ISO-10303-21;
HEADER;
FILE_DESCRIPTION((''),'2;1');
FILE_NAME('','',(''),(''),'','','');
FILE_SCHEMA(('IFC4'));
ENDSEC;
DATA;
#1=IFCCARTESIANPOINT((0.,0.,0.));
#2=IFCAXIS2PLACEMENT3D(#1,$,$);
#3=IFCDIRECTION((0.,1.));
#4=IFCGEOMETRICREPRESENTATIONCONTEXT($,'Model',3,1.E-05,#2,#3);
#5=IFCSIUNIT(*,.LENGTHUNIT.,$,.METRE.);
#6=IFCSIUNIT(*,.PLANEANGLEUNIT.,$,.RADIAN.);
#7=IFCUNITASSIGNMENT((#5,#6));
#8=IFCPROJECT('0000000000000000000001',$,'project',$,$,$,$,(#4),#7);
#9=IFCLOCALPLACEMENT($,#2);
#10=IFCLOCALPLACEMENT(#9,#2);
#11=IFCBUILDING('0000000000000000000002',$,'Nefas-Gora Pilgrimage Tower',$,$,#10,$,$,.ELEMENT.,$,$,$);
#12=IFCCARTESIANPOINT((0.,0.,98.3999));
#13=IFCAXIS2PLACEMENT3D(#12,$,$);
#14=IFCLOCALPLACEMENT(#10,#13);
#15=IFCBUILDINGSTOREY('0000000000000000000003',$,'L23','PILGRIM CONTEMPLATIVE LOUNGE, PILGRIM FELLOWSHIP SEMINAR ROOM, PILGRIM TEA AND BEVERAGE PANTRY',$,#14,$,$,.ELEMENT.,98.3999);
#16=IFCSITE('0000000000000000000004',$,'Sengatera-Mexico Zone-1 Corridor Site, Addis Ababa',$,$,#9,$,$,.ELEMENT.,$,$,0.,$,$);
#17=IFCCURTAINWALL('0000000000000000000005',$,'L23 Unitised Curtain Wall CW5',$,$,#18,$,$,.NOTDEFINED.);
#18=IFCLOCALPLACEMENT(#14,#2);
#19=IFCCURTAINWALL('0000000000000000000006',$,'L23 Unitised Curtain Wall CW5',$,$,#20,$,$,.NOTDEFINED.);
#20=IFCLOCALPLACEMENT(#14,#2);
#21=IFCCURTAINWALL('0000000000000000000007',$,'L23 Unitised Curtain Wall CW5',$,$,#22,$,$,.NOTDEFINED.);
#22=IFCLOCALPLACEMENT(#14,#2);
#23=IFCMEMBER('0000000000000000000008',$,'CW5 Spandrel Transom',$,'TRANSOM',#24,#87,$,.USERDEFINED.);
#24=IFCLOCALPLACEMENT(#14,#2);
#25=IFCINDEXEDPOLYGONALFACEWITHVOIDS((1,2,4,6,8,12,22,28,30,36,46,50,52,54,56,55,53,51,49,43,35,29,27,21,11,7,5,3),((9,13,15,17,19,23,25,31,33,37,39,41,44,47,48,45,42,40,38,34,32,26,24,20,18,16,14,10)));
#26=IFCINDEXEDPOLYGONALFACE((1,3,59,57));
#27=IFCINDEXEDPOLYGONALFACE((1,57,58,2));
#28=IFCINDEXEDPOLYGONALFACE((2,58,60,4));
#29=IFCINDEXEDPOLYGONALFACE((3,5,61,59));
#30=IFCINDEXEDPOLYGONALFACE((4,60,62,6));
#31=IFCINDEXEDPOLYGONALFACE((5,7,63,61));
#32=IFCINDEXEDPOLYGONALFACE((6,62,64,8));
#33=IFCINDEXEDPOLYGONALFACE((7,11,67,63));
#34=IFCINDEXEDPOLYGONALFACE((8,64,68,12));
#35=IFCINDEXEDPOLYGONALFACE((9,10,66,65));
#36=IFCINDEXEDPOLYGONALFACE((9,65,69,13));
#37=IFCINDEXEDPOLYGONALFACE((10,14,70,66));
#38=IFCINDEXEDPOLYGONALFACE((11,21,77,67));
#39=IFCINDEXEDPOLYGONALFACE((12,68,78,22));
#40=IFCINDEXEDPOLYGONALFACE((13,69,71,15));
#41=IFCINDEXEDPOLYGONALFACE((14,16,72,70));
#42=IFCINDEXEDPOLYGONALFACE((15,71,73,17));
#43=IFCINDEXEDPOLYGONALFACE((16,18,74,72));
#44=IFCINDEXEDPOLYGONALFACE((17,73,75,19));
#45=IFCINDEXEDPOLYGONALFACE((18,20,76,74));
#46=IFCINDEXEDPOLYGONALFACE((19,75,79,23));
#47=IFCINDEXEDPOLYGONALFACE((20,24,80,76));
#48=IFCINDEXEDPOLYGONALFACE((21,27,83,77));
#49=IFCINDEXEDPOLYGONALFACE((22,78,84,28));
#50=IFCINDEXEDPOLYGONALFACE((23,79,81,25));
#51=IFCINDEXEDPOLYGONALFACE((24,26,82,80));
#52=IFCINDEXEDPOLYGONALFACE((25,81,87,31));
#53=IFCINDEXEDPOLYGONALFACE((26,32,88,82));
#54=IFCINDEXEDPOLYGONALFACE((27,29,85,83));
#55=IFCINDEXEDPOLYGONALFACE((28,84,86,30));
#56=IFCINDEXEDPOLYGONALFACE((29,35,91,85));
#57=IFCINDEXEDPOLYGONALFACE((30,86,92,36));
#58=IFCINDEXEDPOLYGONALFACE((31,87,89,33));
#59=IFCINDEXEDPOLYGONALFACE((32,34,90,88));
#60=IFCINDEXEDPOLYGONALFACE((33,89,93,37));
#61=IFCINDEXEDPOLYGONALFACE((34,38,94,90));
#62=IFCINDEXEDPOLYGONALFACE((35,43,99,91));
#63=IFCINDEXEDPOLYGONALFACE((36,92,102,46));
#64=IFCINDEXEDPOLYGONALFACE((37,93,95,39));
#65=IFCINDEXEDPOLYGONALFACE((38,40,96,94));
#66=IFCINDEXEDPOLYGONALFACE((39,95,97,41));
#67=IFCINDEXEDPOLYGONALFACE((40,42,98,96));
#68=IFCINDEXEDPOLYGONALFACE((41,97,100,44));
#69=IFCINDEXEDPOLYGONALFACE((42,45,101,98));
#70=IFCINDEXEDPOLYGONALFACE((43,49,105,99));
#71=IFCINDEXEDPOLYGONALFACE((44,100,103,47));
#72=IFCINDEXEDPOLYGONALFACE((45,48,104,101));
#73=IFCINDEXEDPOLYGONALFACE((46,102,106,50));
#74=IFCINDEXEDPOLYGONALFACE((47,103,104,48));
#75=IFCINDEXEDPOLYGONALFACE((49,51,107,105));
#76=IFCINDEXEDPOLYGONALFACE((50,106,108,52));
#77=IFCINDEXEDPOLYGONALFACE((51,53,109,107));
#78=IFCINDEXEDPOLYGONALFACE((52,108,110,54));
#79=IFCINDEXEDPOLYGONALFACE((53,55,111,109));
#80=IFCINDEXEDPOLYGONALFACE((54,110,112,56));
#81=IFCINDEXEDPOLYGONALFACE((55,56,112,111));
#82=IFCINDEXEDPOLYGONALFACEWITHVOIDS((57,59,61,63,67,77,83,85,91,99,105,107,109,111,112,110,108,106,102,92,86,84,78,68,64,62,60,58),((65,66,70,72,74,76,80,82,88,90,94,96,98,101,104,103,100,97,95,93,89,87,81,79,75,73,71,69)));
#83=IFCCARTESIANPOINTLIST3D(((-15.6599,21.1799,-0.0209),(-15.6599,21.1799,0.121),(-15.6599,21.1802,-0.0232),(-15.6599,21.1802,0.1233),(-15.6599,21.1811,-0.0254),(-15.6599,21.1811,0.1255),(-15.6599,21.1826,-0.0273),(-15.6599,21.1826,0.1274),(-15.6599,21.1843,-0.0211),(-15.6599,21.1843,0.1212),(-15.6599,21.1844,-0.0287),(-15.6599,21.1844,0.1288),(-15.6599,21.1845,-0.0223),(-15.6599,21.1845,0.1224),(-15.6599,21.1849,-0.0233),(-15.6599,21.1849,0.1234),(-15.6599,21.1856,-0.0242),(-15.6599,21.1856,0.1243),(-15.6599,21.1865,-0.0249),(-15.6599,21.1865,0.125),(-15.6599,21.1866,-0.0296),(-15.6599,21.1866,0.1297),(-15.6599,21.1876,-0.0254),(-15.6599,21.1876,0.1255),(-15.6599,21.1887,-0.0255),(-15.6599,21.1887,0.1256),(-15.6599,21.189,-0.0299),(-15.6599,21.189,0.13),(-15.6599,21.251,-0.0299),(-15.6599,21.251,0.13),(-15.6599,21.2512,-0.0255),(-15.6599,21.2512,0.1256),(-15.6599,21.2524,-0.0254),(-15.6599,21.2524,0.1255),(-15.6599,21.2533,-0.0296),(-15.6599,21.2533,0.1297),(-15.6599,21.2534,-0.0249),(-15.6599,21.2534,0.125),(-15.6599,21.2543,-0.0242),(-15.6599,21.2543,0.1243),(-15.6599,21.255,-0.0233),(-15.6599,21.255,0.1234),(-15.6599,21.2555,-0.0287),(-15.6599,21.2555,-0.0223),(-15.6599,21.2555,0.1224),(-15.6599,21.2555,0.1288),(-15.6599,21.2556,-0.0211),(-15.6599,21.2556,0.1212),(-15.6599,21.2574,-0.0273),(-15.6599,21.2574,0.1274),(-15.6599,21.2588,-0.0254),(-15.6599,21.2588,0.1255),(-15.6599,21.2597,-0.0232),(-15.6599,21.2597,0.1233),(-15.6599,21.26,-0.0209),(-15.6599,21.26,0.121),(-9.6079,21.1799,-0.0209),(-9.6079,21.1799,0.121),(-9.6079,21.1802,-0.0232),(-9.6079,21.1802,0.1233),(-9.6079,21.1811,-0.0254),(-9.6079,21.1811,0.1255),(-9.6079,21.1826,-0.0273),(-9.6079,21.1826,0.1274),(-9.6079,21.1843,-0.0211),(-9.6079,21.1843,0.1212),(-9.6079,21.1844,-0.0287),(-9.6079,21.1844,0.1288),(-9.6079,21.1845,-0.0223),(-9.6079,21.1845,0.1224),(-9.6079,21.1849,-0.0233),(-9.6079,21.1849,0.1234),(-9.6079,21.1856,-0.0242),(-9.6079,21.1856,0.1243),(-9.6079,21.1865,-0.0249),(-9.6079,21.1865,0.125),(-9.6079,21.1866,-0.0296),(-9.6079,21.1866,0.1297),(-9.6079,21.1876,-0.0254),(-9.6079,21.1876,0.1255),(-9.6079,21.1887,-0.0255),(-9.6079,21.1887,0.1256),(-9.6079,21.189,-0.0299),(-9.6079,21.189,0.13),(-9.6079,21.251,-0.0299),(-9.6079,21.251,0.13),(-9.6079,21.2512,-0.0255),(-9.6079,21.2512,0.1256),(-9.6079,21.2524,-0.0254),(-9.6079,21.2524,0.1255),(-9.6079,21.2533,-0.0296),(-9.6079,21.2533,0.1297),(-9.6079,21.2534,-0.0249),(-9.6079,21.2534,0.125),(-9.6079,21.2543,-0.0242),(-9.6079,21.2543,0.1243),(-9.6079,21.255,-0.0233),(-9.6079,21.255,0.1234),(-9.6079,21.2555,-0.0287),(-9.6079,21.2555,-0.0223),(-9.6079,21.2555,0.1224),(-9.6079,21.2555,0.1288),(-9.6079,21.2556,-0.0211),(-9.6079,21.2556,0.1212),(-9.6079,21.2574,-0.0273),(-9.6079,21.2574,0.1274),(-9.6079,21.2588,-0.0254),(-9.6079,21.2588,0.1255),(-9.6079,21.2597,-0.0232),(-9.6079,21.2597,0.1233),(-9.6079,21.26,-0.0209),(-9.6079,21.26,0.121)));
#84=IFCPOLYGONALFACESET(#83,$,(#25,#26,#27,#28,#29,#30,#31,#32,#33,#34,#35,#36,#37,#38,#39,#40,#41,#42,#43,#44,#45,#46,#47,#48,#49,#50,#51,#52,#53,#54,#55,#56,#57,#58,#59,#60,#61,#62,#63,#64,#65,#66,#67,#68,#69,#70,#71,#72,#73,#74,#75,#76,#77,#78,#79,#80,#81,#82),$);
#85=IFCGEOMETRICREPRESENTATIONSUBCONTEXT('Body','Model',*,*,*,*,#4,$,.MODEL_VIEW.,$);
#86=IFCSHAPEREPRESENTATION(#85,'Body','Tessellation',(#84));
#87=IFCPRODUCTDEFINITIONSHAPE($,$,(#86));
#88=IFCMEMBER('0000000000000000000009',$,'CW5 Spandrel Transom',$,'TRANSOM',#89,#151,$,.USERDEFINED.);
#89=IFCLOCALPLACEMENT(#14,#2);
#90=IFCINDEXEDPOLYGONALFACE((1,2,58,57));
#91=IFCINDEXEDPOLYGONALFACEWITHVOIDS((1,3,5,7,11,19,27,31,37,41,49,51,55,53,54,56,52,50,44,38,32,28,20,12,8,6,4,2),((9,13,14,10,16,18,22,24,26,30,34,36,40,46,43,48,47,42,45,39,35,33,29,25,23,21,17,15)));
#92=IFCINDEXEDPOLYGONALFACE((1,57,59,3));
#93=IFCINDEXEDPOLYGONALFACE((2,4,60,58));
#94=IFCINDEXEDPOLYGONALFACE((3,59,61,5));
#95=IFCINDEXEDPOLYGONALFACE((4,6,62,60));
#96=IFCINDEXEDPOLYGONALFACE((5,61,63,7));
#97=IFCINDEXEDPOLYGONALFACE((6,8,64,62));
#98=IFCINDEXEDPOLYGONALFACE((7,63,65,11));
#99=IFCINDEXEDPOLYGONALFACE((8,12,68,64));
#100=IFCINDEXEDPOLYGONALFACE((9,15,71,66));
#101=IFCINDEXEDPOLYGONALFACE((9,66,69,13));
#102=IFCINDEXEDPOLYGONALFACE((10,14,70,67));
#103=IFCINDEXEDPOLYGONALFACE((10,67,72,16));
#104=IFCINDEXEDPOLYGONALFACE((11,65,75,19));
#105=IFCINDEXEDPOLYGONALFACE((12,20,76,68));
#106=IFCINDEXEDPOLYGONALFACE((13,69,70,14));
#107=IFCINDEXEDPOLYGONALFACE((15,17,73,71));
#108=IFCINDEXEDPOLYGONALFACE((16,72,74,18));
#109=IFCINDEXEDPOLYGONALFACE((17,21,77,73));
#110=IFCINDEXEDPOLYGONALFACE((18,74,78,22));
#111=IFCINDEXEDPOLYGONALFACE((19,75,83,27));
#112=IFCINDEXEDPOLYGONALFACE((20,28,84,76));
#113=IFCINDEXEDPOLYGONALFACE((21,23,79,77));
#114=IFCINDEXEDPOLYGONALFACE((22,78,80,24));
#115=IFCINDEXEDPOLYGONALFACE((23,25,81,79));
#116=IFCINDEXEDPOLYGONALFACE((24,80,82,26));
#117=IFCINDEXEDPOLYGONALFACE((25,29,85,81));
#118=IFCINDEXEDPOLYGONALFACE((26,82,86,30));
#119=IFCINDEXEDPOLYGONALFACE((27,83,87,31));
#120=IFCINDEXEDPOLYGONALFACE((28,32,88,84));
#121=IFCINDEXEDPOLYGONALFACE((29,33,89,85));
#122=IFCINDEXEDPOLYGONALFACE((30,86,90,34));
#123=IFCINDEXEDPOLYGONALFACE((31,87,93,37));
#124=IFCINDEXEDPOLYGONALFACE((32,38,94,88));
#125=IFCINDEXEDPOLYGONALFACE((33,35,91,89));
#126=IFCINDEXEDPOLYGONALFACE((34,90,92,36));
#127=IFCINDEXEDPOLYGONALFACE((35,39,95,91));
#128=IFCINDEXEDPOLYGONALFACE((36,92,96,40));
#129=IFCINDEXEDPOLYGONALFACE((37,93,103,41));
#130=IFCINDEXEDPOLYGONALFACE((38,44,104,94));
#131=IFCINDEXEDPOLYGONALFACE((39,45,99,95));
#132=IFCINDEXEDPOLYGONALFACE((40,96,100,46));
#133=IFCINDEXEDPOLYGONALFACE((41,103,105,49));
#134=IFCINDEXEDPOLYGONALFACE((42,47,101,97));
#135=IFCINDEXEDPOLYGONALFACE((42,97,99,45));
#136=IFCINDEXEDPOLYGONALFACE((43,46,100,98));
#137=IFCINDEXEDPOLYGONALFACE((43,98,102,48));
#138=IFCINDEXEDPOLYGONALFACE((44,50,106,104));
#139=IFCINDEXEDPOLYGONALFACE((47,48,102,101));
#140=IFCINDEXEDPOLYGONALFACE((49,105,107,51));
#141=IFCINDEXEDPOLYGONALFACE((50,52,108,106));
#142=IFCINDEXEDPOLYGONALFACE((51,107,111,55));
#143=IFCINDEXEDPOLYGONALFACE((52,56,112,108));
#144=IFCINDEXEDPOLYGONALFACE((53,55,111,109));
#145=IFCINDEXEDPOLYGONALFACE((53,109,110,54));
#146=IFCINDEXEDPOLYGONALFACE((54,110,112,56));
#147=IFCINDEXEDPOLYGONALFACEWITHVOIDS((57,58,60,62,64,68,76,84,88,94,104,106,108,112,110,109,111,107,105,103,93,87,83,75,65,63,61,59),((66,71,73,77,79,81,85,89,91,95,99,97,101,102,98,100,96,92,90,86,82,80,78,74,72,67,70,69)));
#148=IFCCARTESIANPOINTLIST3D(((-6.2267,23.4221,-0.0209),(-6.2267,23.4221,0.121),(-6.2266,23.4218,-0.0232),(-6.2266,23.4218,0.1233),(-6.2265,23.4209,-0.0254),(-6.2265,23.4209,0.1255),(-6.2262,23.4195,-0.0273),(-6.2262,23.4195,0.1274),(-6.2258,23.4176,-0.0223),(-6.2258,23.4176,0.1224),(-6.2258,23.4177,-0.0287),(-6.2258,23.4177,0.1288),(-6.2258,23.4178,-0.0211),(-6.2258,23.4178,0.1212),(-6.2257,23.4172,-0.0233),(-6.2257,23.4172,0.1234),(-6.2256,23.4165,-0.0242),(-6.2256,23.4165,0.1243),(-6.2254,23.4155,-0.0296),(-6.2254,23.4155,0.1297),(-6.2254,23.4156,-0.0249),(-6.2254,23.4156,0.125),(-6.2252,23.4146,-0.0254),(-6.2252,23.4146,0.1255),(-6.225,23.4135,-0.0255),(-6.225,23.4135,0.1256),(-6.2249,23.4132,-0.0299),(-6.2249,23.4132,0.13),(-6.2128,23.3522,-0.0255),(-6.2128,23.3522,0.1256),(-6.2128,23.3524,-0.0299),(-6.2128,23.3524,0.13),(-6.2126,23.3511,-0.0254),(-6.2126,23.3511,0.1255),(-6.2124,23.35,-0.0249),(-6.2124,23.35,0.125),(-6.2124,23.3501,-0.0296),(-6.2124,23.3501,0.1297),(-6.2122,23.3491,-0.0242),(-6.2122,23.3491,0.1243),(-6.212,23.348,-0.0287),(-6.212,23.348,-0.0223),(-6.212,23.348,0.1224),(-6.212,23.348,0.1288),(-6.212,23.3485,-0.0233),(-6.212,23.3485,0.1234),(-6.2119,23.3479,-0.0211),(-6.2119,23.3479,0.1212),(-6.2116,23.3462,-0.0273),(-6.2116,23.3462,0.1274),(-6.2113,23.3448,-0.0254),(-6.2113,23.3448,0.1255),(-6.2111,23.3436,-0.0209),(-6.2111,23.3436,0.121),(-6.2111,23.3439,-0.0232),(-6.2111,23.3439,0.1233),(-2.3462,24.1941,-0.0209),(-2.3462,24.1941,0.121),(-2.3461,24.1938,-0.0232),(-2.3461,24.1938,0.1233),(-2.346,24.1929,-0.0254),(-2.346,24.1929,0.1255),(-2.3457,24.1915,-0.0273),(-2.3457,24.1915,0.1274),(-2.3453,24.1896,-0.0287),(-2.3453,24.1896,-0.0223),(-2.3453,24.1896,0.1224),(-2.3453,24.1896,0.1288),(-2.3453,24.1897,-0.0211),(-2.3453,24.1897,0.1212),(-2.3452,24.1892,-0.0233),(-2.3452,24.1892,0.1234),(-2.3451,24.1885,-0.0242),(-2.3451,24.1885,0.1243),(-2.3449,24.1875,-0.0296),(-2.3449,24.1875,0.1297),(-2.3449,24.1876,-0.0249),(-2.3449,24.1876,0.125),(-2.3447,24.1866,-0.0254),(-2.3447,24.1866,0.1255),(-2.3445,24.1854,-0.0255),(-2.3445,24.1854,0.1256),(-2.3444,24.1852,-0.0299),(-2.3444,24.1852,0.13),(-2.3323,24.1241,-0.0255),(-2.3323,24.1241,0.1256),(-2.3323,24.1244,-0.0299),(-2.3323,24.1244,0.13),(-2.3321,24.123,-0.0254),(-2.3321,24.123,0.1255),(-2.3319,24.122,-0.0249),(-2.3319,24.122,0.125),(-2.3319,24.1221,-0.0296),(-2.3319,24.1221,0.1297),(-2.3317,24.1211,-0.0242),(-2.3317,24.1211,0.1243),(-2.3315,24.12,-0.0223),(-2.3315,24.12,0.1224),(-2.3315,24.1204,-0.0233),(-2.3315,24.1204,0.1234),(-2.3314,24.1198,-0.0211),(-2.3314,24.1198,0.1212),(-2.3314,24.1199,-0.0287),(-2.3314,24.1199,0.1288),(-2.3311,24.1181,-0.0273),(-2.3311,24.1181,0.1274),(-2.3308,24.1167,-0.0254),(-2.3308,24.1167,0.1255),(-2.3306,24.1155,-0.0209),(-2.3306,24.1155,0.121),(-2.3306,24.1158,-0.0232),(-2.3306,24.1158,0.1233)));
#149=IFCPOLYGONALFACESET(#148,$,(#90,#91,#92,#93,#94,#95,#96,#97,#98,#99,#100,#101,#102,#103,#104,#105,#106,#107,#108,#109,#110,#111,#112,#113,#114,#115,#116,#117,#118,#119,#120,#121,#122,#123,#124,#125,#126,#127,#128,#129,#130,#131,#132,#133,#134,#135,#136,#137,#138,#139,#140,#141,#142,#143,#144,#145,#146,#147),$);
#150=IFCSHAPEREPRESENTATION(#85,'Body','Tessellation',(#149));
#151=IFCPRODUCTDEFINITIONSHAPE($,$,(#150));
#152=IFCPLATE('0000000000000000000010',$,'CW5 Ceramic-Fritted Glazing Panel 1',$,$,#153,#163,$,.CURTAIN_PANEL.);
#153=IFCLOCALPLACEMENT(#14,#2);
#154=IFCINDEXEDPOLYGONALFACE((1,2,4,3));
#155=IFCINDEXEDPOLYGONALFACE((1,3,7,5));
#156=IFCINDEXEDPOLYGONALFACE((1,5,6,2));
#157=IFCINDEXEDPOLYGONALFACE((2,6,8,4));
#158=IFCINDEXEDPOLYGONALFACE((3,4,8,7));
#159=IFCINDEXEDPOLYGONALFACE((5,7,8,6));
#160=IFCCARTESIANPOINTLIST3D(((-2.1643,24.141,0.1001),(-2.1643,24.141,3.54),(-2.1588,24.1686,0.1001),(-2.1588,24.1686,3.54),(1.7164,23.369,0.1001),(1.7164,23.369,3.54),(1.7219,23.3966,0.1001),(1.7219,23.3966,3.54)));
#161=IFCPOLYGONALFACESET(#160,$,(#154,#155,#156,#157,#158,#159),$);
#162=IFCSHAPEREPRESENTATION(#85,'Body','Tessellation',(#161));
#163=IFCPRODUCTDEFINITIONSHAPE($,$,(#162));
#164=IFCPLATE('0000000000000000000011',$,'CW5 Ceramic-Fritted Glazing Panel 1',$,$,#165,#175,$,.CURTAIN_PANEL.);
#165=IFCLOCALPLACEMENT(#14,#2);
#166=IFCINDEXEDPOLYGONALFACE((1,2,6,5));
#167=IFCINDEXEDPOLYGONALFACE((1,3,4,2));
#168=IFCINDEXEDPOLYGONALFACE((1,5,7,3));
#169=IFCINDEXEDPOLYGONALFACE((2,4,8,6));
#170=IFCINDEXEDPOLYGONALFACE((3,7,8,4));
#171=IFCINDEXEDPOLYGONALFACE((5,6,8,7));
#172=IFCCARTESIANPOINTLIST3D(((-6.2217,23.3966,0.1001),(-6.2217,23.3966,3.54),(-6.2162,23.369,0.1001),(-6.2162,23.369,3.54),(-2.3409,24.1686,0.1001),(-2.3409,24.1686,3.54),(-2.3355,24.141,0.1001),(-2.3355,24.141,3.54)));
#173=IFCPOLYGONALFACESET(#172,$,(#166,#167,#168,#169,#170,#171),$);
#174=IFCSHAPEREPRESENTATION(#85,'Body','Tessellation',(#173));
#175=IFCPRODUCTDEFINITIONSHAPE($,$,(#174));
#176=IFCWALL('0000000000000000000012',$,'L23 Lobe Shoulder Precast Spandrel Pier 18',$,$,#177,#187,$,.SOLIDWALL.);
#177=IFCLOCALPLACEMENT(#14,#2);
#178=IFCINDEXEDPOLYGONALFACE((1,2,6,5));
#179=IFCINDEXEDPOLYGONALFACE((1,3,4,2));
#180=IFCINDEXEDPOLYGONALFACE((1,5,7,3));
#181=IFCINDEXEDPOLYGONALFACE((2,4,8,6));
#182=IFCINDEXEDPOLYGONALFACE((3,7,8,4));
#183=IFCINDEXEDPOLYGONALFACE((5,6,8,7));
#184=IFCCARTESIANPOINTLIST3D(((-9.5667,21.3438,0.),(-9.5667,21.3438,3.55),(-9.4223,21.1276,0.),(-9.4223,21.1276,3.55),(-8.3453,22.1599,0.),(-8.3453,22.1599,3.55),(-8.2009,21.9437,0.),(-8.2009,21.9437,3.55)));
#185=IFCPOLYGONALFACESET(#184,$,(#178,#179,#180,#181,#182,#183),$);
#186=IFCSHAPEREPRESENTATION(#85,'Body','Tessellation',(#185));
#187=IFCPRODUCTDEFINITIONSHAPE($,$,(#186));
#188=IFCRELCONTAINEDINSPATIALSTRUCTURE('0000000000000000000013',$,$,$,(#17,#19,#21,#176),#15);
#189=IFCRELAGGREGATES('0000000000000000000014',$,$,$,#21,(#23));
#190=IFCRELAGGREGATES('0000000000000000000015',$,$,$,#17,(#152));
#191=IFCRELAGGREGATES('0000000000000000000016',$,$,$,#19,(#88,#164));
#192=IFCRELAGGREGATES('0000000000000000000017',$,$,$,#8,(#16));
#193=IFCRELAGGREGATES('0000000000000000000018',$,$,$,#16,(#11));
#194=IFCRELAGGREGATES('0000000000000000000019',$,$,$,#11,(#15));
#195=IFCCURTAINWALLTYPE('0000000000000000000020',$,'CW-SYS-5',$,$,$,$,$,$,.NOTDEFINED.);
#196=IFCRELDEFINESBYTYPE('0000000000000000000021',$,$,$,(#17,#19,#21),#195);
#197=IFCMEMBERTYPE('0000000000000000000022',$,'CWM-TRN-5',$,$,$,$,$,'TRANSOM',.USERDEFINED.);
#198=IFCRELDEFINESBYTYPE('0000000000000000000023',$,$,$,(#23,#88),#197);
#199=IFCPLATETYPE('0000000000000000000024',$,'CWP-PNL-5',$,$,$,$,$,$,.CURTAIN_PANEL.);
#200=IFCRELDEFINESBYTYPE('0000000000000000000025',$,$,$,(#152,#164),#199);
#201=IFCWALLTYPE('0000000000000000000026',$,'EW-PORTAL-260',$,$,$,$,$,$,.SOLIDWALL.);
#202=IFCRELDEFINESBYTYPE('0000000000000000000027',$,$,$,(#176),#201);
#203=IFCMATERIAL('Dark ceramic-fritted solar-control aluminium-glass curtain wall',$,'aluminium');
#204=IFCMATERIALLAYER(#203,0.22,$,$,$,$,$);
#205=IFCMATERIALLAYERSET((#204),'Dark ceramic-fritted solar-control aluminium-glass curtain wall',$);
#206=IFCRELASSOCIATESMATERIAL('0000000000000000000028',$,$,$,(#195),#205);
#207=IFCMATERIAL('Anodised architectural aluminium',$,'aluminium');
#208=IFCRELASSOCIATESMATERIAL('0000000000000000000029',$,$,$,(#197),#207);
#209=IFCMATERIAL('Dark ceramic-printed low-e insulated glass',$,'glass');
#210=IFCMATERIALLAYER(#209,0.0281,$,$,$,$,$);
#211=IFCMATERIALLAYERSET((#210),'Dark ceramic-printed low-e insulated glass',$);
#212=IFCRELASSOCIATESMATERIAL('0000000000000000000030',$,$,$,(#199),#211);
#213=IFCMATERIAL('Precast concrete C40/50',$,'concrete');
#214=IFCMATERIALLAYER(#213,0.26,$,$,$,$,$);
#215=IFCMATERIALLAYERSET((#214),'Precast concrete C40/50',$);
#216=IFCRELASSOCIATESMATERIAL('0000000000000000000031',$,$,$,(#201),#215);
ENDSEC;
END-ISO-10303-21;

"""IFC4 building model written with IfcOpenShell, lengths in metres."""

from ifc_helpers import new_model, si_unit, direction, frame, frame_2d, origin, origin_2d, place, context, subcontext, project, spatial, rectangle, hollow_rectangle, extrude, source, transform, mapped, material, layer, layer_set, material_profile, profile_set, type_object, element, aggregate, save


model = new_model("IFC4")

# Units and contexts
model_context = context("Model", 3, precision=1e-05, world=origin(), true_north=direction((0.0, 1.0)))
body_context = subcontext(model_context, "Body", "Model", "MODEL_VIEW")
ifc_project = project(units=[si_unit("LENGTHUNIT", "METRE"), si_unit("PLANEANGLEUNIT", "RADIAN")], contexts=[model_context])

# Site, building, storey
site_placement = place(None, origin())
site = spatial("IfcSite", under=ifc_project, at=site_placement, Name="Sengatera-Mexico Zone-1 Corridor Site, Addis Ababa", CompositionType="ELEMENT", RefElevation=0.0)
building_placement = place(site_placement, origin())
building = spatial("IfcBuilding", under=site, at=building_placement, Name="Nefas-Gora Pilgrimage Tower", CompositionType="ELEMENT")
storey_placement = place(building_placement, frame((0.0, 0.0, 98.3999)))
storey = spatial("IfcBuildingStorey", under=building, at=storey_placement, Name="L23", Description="PILGRIM CONTEMPLATIVE LOUNGE, PILGRIM FELLOWSHIP SEMINAR ROOM, PILGRIM TEA AND BEVERAGE PANTRY", CompositionType="ELEMENT", Elevation=98.3999)

# Curtain wall
ifc_material_1 = material(Name="Dark ceramic-fritted solar-control aluminium-glass curtain wall", Category="aluminium")
ifc_layer_1 = layer(ifc_material_1, 0.22)
ifc_layer_set_1 = layer_set([ifc_layer_1], Name="Dark ceramic-fritted solar-control aluminium-glass curtain wall")
curtain_wall_type = type_object("IfcCurtainWallType", Name="CW-SYS-5", PredefinedType="NOTDEFINED", material=ifc_layer_set_1)
curtain_wall_1_placement = place(storey_placement, origin())
curtain_wall_1 = element("IfcCurtainWall", 1, at=curtain_wall_1_placement, inside=storey, type_object=curtain_wall_type, Name="L23 Unitised Curtain Wall CW5", PredefinedType="NOTDEFINED")
ifc_material_2 = material(Name="Anodised architectural aluminium", Category="aluminium")

# Curtain walls, member
curtain_wall_2_placement = place(storey_placement, origin())
curtain_wall_2 = element("IfcCurtainWall", 2, at=curtain_wall_2_placement, inside=storey, type_object=curtain_wall_type, Name="L23 Unitised Curtain Wall CW5", PredefinedType="NOTDEFINED")
curtain_wall_3_placement = place(storey_placement, origin())
curtain_wall_3 = element("IfcCurtainWall", 3, at=curtain_wall_3_placement, inside=storey, type_object=curtain_wall_type, Name="L23 Unitised Curtain Wall CW5", PredefinedType="NOTDEFINED")
ifc_material_profile_1 = material_profile(ifc_material_2, hollow_rectangle(XDim=0.0801, YDim=0.1599, WallThickness=0.0044, InnerFilletRadius=0.0044, OuterFilletRadius=0.009, at=origin_2d()), Name="ALU TRANSOM 80x160")
ifc_profile_set_1 = profile_set([ifc_material_profile_1], Name="Anodised architectural aluminium")
member_type_1 = type_object("IfcMemberType", Name="CWM-TRN-5", ElementType="TRANSOM", PredefinedType="USERDEFINED", material=ifc_profile_set_1)
shared_shape_1 = source(origin(), body_context, "Body", "SweptSolid", [
    extrude(hollow_rectangle(XDim=0.0801, YDim=0.1599, WallThickness=0.0044, InnerFilletRadius=0.0044, OuterFilletRadius=0.009, at=origin_2d()), origin(), (0.0, 0.0, 1.0), 6.052),
])
member_1_placement = place(storey_placement, frame((-9.6079, 21.22, 0.05), z_axis=(-1.0, 0.0, 0.0), x_axis=(0.0, -1.0, 0.0)))
member_1 = element("IfcMember", 4, at=member_1_placement, type_object=member_type_1, Name="CW5 Spandrel Transom", ObjectType="TRANSOM", PredefinedType="USERDEFINED", context=body_context, shape_type="MappedRepresentation", body=[
    mapped(shared_shape_1, transform((0.0, 0.0, 0.0), x_axis=(1.0, 0.0, 0.0), y_axis=(0.0, 1.0, 0.0), z_axis=(0.0, 0.0, 1.0), scale=1.0)),
])
aggregate(curtain_wall_3, [member_1])

# Member
shared_shape_2 = source(origin(), body_context, "Body", "SweptSolid", [
    extrude(hollow_rectangle(XDim=0.0801, YDim=0.1599, WallThickness=0.0044, InnerFilletRadius=0.0044, OuterFilletRadius=0.009, at=origin_2d()), origin(), (0.0, 0.0, 1.0), 3.9565),
])
member_2_placement = place(storey_placement, frame((-2.3384, 24.1548, 0.05), z_axis=(-0.980782, -0.195107, 0.0), x_axis=(0.195107, -0.980782, 0.0)))
member_2 = element("IfcMember", 5, at=member_2_placement, type_object=member_type_1, Name="CW5 Spandrel Transom", ObjectType="TRANSOM", PredefinedType="USERDEFINED", context=body_context, shape_type="MappedRepresentation", body=[
    mapped(shared_shape_2, transform((0.0, 0.0, 0.0), x_axis=(1.0, 0.0, 0.0), y_axis=(0.0, 1.0, 0.0), z_axis=(0.0, 0.0, 1.0), scale=1.0)),
])

# Plates
ifc_material_3 = material(Name="Dark ceramic-printed low-e insulated glass", Category="glass")
ifc_layer_2 = layer(ifc_material_3, 0.0281)
ifc_layer_set_2 = layer_set([ifc_layer_2], Name="Dark ceramic-printed low-e insulated glass")
plate_type = type_object("IfcPlateType", Name="CWP-PNL-5", PredefinedType="CURTAIN_PANEL", material=ifc_layer_set_2)
shared_shape_3 = source(origin(), body_context, "Body", "SweptSolid", [
    extrude(rectangle(XDim=3.9568, YDim=0.0281, at=origin_2d()), origin(), (0.0, 0.0, 1.0), 3.4399),
])
plate_1_placement = place(storey_placement, frame((-0.2212, 23.7688, 0.1001), z_axis=(0.0, 0.0, 1.0), x_axis=(-0.980783, 0.195102, 0.0)))
plate_1 = element("IfcPlate", 6, at=plate_1_placement, type_object=plate_type, Name="CW5 Ceramic-Fritted Glazing Panel 1", PredefinedType="CURTAIN_PANEL", context=body_context, shape_type="MappedRepresentation", body=[
    mapped(shared_shape_3, transform((0.0, 0.0, 0.0), x_axis=(1.0, 0.0, 0.0), y_axis=(0.0, 1.0, 0.0), z_axis=(0.0, 0.0, 1.0), scale=1.0)),
])
aggregate(curtain_wall_1, [plate_1])
plate_2_placement = place(storey_placement, frame((-4.2786, 23.7688, 0.1001), z_axis=(0.0, 0.0, 1.0), x_axis=(-0.980783, -0.195102, 0.0)))
plate_2 = element("IfcPlate", 7, at=plate_2_placement, type_object=plate_type, Name="CW5 Ceramic-Fritted Glazing Panel 1", PredefinedType="CURTAIN_PANEL", context=body_context, shape_type="MappedRepresentation", body=[
    mapped(shared_shape_3, transform((0.0, 0.0, 0.0), x_axis=(1.0, 0.0, 0.0), y_axis=(0.0, 1.0, 0.0), z_axis=(0.0, 0.0, 1.0), scale=1.0)),
])
aggregate(curtain_wall_2, [member_2, plate_2])

# Wall
ifc_material_4 = material(Name="Precast concrete C40/50", Category="concrete")
ifc_layer_3 = layer(ifc_material_4, 0.26)
ifc_layer_set_3 = layer_set([ifc_layer_3], Name="Precast concrete C40/50")
wall_type_1 = type_object("IfcWallType", Name="EW-PORTAL-260", PredefinedType="SOLIDWALL", material=ifc_layer_set_3)
shared_shape_4 = source(origin(), body_context, "Body", "SweptSolid", [
    extrude(rectangle(XDim=1.469, YDim=0.26, at=frame_2d((0.7344, 0.0))), origin(), (0.0, 0.0, 1.0), 3.55),
])
wall_1_placement = place(storey_placement, frame((-8.2732, 22.0518, 0.0), z_axis=(0.0, 0.0, 1.0), x_axis=(-0.831462, -0.555582, 0.0)))
element("IfcWall", 8, at=wall_1_placement, inside=storey, type_object=wall_type_1, Name="L23 Lobe Shoulder Precast Spandrel Pier 18", PredefinedType="SOLIDWALL", context=body_context, shape_type="MappedRepresentation", body=[
    mapped(shared_shape_4, transform((0.0, 0.0, 0.0), x_axis=(1.0, 0.0, 0.0), y_axis=(0.0, 1.0, 0.0), z_axis=(0.0, 0.0, 1.0), scale=1.0)),
])

save(model, "model.ifc")
